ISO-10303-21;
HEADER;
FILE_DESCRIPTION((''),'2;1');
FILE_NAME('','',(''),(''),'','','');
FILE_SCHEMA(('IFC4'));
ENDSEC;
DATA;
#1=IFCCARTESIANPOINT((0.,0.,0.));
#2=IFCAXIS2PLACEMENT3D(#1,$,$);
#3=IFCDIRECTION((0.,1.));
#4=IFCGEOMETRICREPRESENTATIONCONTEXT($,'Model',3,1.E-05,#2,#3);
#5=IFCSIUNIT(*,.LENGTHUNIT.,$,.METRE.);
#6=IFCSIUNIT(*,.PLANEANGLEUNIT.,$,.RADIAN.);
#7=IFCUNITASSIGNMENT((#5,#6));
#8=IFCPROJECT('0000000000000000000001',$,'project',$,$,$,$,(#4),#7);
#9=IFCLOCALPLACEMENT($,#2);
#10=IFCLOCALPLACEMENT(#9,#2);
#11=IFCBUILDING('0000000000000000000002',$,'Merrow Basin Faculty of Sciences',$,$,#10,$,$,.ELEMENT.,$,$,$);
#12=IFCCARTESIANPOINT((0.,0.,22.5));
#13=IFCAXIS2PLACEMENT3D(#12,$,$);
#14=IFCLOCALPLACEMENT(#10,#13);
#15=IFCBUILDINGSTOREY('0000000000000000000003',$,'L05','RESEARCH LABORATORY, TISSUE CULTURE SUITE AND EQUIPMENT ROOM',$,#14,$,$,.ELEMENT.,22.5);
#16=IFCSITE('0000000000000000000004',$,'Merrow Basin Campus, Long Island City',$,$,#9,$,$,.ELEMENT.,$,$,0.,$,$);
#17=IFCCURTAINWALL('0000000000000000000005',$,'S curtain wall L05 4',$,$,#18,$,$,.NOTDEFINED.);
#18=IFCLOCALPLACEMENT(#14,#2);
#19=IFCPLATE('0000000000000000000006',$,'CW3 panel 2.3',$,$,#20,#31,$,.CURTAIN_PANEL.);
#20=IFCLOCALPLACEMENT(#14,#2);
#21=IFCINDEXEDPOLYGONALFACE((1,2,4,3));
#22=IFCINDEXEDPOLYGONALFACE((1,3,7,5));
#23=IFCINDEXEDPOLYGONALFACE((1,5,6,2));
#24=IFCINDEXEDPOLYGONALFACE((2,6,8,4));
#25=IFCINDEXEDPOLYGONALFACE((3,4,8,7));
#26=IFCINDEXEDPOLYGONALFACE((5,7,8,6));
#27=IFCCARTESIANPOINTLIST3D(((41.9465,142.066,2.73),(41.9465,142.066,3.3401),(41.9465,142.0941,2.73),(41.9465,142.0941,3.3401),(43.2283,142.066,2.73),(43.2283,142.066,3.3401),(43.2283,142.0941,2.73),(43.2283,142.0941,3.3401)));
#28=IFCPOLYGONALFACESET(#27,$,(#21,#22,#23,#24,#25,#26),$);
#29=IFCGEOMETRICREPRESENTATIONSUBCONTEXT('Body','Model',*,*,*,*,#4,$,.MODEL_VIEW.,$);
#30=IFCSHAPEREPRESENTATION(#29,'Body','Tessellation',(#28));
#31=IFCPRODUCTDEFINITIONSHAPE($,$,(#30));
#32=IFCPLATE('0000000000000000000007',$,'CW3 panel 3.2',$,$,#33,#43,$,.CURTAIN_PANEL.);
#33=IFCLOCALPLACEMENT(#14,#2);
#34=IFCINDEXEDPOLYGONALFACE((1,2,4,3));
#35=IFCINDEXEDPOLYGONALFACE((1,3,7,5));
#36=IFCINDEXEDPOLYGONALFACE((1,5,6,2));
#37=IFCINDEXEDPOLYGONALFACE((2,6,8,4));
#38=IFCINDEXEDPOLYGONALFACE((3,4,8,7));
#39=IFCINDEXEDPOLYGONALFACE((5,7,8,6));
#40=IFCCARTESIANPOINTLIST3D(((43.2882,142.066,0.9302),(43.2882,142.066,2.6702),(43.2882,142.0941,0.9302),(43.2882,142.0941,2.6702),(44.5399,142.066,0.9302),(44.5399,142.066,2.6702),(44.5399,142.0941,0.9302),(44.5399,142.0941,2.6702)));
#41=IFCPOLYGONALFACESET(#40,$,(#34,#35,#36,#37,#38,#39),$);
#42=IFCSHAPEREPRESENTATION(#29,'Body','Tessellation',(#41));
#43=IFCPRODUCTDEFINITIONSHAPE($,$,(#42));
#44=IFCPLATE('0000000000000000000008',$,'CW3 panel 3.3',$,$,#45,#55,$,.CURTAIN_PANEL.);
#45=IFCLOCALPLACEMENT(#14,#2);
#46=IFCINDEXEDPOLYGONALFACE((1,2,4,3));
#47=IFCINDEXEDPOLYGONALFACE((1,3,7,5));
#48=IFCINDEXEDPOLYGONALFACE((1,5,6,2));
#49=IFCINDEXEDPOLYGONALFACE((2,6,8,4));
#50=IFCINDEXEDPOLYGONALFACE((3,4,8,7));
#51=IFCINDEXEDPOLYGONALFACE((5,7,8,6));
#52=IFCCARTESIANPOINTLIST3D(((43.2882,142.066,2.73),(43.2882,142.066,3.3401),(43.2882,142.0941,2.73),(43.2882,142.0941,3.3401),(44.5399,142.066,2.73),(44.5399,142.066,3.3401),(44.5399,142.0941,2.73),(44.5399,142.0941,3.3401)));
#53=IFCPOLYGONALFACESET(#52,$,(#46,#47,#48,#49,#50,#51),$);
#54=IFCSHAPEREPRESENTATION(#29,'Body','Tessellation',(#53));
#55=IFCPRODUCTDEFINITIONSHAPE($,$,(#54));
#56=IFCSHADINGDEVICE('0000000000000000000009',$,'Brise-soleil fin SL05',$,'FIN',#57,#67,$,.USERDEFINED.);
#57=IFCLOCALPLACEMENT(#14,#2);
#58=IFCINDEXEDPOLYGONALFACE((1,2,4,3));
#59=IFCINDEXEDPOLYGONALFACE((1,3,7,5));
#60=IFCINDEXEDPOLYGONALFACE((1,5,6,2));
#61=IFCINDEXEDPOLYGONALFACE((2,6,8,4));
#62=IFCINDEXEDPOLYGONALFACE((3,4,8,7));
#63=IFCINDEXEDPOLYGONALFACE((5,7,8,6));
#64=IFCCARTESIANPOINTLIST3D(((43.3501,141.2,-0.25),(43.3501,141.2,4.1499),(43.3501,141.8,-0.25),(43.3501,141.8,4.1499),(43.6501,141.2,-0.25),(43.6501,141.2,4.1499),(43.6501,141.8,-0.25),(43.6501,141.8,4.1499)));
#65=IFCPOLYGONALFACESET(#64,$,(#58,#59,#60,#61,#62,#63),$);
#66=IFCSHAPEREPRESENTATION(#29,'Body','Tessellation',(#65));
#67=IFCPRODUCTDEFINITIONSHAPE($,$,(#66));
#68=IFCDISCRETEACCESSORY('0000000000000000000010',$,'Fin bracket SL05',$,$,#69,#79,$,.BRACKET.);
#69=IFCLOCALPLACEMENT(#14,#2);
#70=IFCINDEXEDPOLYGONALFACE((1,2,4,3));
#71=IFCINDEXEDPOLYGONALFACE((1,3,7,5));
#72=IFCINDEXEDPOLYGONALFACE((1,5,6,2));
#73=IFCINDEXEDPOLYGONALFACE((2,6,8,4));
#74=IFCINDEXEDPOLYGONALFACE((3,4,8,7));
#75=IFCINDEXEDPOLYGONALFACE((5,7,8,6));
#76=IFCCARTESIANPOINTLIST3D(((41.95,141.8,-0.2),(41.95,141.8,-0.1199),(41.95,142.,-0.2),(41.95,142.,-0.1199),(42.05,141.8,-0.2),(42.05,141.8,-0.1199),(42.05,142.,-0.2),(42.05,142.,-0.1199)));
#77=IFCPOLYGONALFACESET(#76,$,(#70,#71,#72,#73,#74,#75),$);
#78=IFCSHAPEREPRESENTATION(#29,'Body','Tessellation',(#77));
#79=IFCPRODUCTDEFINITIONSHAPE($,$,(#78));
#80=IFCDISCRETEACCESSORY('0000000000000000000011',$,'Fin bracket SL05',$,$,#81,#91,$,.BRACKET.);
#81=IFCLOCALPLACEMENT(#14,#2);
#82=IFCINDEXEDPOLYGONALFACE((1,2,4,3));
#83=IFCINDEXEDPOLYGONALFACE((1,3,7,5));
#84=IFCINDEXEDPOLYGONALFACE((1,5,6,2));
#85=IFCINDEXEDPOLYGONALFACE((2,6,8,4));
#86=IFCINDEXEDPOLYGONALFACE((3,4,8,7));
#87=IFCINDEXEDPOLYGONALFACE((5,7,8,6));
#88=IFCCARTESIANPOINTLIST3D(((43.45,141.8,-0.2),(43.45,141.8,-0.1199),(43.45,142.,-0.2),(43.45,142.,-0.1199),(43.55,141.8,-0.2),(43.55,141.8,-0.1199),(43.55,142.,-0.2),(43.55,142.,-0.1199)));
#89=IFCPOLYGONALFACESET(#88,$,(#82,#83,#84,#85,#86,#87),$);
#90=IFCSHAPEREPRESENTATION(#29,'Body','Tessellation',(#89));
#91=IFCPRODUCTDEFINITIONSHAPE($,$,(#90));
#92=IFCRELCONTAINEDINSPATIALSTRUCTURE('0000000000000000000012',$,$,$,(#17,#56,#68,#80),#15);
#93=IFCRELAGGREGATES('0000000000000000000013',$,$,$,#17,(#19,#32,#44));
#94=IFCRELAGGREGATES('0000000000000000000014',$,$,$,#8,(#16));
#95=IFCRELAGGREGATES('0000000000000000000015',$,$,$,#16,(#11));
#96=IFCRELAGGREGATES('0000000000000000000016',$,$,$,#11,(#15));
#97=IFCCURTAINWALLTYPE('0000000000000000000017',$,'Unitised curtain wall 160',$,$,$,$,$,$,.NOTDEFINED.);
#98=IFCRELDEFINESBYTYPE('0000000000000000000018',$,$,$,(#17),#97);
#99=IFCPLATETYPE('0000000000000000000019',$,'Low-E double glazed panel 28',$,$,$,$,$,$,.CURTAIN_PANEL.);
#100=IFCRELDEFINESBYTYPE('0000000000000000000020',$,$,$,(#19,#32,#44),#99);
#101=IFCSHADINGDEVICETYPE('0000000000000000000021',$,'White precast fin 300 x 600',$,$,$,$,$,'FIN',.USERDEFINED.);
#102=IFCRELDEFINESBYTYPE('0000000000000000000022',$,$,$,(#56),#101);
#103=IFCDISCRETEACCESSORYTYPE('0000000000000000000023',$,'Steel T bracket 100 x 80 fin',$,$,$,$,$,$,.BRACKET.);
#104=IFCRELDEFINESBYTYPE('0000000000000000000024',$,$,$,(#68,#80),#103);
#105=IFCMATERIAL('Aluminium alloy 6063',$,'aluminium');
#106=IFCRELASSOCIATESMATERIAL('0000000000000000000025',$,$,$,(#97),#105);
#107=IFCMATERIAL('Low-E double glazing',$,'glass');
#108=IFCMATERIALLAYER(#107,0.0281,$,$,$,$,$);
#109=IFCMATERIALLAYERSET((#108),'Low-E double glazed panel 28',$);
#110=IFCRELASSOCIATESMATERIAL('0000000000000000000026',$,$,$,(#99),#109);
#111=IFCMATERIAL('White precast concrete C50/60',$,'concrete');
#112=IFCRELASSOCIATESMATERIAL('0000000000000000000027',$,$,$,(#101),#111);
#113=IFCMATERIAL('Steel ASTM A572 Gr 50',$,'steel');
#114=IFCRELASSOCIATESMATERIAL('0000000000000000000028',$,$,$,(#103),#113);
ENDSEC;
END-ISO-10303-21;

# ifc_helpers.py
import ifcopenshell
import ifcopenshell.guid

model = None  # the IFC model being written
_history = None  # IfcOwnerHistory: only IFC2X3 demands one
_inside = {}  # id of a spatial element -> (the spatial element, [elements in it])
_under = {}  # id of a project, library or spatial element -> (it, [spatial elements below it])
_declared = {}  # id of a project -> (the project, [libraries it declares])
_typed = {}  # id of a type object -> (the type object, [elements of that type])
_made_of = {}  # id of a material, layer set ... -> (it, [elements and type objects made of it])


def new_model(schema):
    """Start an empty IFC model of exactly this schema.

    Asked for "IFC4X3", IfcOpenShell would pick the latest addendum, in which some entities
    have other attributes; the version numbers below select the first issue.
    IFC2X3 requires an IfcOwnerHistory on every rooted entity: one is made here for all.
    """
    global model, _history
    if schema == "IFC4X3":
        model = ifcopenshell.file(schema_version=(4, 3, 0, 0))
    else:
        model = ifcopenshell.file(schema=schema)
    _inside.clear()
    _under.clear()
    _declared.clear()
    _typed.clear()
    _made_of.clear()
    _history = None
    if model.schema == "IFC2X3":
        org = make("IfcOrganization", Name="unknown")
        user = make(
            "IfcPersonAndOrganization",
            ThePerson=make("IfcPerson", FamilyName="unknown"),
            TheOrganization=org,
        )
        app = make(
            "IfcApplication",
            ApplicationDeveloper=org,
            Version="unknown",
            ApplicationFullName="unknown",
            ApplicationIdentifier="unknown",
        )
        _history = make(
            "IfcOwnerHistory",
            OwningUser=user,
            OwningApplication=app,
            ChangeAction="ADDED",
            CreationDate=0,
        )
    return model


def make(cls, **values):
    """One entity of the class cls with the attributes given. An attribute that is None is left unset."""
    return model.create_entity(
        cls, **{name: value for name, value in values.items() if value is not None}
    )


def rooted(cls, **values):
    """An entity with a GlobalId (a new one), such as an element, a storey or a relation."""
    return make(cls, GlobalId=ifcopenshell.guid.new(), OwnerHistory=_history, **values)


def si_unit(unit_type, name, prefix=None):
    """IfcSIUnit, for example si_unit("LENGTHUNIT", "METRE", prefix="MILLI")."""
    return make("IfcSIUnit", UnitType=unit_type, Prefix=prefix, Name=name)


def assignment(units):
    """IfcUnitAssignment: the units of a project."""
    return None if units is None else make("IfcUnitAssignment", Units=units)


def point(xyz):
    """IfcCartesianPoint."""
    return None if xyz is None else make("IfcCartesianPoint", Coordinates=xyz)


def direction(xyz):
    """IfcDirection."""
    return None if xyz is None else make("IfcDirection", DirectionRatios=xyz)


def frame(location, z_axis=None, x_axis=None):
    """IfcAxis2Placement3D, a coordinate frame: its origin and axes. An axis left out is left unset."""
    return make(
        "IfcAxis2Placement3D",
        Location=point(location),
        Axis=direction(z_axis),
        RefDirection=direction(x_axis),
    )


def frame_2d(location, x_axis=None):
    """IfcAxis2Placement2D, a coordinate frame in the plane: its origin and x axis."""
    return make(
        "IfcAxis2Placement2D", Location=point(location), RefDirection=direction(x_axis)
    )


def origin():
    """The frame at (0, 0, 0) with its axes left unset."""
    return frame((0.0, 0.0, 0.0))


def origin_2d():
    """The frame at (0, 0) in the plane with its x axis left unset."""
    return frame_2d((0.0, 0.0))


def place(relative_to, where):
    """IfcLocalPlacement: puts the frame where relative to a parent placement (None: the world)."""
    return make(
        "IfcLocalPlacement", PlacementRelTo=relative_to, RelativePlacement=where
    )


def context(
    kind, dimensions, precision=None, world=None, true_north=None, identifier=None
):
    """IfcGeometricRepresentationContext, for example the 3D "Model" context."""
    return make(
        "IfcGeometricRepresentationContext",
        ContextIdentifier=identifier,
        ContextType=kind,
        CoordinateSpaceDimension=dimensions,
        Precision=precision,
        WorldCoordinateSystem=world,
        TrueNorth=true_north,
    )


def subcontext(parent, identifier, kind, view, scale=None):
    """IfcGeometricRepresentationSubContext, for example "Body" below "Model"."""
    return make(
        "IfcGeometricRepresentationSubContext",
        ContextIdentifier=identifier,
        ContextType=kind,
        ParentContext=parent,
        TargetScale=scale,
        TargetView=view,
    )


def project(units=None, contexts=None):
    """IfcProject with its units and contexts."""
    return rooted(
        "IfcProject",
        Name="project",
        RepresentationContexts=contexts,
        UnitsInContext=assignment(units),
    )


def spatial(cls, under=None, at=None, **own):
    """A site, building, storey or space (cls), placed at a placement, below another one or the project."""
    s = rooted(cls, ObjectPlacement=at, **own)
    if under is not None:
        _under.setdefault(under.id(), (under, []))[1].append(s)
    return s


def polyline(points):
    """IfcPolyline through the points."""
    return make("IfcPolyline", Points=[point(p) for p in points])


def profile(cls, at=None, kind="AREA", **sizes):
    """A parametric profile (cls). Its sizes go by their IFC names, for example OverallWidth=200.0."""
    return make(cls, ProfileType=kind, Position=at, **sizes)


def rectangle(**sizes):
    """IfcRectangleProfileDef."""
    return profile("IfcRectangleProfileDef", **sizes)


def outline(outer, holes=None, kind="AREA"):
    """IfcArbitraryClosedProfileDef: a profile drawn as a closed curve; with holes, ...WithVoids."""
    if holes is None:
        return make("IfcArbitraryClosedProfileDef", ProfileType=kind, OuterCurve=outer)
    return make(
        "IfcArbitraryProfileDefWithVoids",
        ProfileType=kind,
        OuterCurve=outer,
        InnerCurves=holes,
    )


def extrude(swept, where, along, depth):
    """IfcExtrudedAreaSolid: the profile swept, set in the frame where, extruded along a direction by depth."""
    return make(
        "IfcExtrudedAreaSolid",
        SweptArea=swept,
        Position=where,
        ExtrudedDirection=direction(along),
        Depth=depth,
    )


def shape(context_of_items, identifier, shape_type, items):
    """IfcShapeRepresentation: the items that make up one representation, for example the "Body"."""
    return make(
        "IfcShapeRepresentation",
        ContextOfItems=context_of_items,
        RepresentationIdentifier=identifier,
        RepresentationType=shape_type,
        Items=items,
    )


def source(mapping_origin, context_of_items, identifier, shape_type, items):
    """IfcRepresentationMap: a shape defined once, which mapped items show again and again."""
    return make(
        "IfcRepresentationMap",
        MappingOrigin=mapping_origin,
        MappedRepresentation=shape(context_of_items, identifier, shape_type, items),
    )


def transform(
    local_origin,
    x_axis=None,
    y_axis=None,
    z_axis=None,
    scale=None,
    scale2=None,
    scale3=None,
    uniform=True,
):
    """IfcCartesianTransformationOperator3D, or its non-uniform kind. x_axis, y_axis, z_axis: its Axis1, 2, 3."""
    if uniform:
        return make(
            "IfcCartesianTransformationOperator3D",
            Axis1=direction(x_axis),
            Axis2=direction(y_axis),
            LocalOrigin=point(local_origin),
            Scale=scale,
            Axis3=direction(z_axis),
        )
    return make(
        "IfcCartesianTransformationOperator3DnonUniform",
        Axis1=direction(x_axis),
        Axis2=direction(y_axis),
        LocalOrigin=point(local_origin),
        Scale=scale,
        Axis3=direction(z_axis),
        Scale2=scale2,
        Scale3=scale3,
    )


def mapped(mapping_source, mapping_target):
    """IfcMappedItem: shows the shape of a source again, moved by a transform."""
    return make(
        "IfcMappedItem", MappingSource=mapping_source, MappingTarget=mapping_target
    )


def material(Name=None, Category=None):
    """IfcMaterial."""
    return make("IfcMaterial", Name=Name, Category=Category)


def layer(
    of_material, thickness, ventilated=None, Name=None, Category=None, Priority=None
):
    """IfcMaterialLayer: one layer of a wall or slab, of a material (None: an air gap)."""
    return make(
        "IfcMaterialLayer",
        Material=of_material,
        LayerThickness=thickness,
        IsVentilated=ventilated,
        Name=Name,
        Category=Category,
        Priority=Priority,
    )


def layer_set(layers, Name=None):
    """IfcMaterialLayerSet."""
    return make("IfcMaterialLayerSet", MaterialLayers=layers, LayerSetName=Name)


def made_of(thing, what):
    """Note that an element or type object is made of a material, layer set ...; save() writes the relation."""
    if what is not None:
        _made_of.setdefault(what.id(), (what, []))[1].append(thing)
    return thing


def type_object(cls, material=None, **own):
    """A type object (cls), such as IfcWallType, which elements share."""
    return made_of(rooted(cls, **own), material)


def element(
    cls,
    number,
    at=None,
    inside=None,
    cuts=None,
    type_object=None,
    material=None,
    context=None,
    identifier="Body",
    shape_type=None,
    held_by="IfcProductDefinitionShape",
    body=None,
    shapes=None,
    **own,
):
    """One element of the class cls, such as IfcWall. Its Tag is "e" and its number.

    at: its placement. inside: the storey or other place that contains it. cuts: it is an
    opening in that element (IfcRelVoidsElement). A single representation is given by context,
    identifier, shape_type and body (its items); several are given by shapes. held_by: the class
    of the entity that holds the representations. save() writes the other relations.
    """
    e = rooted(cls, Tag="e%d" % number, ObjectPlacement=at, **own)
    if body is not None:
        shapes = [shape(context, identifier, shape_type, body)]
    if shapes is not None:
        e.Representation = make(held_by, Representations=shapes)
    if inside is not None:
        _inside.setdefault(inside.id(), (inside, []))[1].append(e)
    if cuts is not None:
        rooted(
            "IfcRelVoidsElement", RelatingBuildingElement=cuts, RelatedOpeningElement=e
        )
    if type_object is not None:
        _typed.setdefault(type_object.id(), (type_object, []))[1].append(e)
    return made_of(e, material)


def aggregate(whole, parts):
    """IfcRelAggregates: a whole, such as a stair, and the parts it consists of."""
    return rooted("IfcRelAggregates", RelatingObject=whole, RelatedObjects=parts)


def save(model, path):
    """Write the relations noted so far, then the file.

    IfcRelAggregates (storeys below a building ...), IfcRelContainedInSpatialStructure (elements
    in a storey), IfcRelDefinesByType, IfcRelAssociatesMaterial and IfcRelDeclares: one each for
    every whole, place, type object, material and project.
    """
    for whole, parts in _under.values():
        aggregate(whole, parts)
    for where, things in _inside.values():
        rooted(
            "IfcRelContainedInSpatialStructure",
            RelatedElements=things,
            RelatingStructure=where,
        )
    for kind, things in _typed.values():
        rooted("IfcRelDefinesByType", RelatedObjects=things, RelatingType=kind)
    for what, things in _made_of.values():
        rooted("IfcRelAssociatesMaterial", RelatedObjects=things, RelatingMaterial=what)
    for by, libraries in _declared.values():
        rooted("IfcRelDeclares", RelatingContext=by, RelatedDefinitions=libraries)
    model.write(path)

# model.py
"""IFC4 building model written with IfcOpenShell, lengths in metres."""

from ifc_helpers import new_model, si_unit, direction, frame, origin, origin_2d, place, context, subcontext, project, spatial, polyline, rectangle, outline, extrude, source, transform, mapped, material, layer, layer_set, type_object, element, aggregate, save


model = new_model("IFC4")

# Units and contexts
model_context = context("Model", 3, precision=1e-05, world=origin(), true_north=direction((0.0, 1.0)))
body_context = subcontext(model_context, "Body", "Model", "MODEL_VIEW")
ifc_project = project(units=[si_unit("LENGTHUNIT", "METRE"), si_unit("PLANEANGLEUNIT", "RADIAN")], contexts=[model_context])

# Site, building, storey
site_placement = place(None, origin())
site = spatial("IfcSite", under=ifc_project, at=site_placement, Name="Merrow Basin Campus, Long Island City", CompositionType="ELEMENT", RefElevation=0.0)
building_placement = place(site_placement, origin())
building = spatial("IfcBuilding", under=site, at=building_placement, Name="Merrow Basin Faculty of Sciences", CompositionType="ELEMENT")
storey_placement = place(building_placement, frame((0.0, 0.0, 22.5)))
storey = spatial("IfcBuildingStorey", under=building, at=storey_placement, Name="L05", Description="RESEARCH LABORATORY, TISSUE CULTURE SUITE AND EQUIPMENT ROOM", CompositionType="ELEMENT", Elevation=22.5)

# Curtain wall
ifc_material_1 = material(Name="Aluminium alloy 6063", Category="aluminium")
curtain_wall_type = type_object("IfcCurtainWallType", Name="Unitised curtain wall 160", PredefinedType="NOTDEFINED", material=ifc_material_1)
curtain_wall_placement = place(storey_placement, origin())
curtain_wall = element("IfcCurtainWall", 1, at=curtain_wall_placement, inside=storey, type_object=curtain_wall_type, Name="S curtain wall L05 4", PredefinedType="NOTDEFINED")

# Plates
ifc_material_2 = material(Name="Low-E double glazing", Category="glass")
ifc_layer_1 = layer(ifc_material_2, 0.0281)
ifc_layer_set_1 = layer_set([ifc_layer_1], Name="Low-E double glazed panel 28")
plate_type_1 = type_object("IfcPlateType", Name="Low-E double glazed panel 28", PredefinedType="CURTAIN_PANEL", material=ifc_layer_set_1)
plate_1_placement = place(storey_placement, frame((42.5874, 142.0801, 2.73), z_axis=(0.0, 0.0, 1.0), x_axis=(1.0, 0.0, 0.0)))
plate_1 = element("IfcPlate", 2, at=plate_1_placement, type_object=plate_type_1, Name="CW3 panel 2.3", PredefinedType="CURTAIN_PANEL", context=body_context, shape_type="SweptSolid", body=[
    extrude(rectangle(XDim=1.2817, YDim=0.0281, at=origin_2d()), origin(), (0.0, 0.0, 1.0), 0.6101),
])
plate_2_placement = place(storey_placement, frame((43.9141, 142.0801, 0.9302), z_axis=(0.0, 0.0, 1.0), x_axis=(1.0, 0.0, 0.0)))
plate_2 = element("IfcPlate", 3, at=plate_2_placement, type_object=plate_type_1, Name="CW3 panel 3.2", PredefinedType="CURTAIN_PANEL", context=body_context, shape_type="SweptSolid", body=[
    extrude(rectangle(XDim=1.2517, YDim=0.0281, at=origin_2d()), origin(), (0.0, 0.0, 1.0), 1.74),
])
plate_3_placement = place(storey_placement, frame((43.9141, 142.0801, 2.73), z_axis=(0.0, 0.0, 1.0), x_axis=(1.0, 0.0, 0.0)))
plate_3 = element("IfcPlate", 4, at=plate_3_placement, type_object=plate_type_1, Name="CW3 panel 3.3", PredefinedType="CURTAIN_PANEL", context=body_context, shape_type="SweptSolid", body=[
    extrude(rectangle(XDim=1.2517, YDim=0.0281, at=origin_2d()), origin(), (0.0, 0.0, 1.0), 0.6101),
])
aggregate(curtain_wall, [plate_1, plate_2, plate_3])

# Shading device
ifc_material_3 = material(Name="White precast concrete C50/60", Category="concrete")
shading_device_type = type_object("IfcShadingDeviceType", Name="White precast fin 300 x 600", ElementType="FIN", PredefinedType="USERDEFINED", material=ifc_material_3)
shared_shape_1 = source(origin(), body_context, "Body", "SweptSolid", [
    extrude(outline(polyline([(0.0, 0.0), (0.3, 0.0), (0.3, 4.3999), (0.0, 4.3999), (0.0, 0.0)])), origin(), (0.0, 0.0, 1.0), 0.6001),
])
shading_device_placement = place(storey_placement, frame((43.3501, 141.8, -0.25), z_axis=(0.0, -1.0, 0.0), x_axis=(1.0, 0.0, 0.0)))
element("IfcShadingDevice", 5, at=shading_device_placement, inside=storey, type_object=shading_device_type, Name="Brise-soleil fin SL05", ObjectType="FIN", PredefinedType="USERDEFINED", context=body_context, shape_type="MappedRepresentation", body=[
    mapped(shared_shape_1, transform((0.0, 0.0, 0.0), scale=1.0)),
])

# Discrete accessories
ifc_material_4 = material(Name="Steel ASTM A572 Gr 50", Category="steel")
discrete_accessory_type = type_object("IfcDiscreteAccessoryType", Name="Steel T bracket 100 x 80 fin", PredefinedType="BRACKET", material=ifc_material_4)
shared_shape_2 = source(origin(), body_context, "Body", "SweptSolid", [
    extrude(outline(polyline([(0.0, 0.0), (0.1001, 0.0), (0.1001, 0.0801), (0.0, 0.0801), (0.0, 0.0)])), origin(), (0.0, 0.0, 1.0), 0.2),
])
for number, where, z_axis, x_axis, name in (
    (6, (41.95, 142.0, -0.2), (0.0, -1.0, 0.0), (1.0, 0.0, 0.0), "Fin bracket SL05"),
    (7, (43.45, 142.0, -0.2), (0.0, -1.0, 0.0), (1.0, 0.0, 0.0), "Fin bracket SL05"),
):
    element("IfcDiscreteAccessory", number, at=place(storey_placement, frame(where, z_axis=z_axis, x_axis=x_axis)), inside=storey, type_object=discrete_accessory_type, Name=name, PredefinedType="BRACKET", context=body_context, shape_type="MappedRepresentation", body=[
        mapped(shared_shape_2, transform((0.0, 0.0, 0.0), scale=1.0)),
    ])

save(model, "model.ifc")
